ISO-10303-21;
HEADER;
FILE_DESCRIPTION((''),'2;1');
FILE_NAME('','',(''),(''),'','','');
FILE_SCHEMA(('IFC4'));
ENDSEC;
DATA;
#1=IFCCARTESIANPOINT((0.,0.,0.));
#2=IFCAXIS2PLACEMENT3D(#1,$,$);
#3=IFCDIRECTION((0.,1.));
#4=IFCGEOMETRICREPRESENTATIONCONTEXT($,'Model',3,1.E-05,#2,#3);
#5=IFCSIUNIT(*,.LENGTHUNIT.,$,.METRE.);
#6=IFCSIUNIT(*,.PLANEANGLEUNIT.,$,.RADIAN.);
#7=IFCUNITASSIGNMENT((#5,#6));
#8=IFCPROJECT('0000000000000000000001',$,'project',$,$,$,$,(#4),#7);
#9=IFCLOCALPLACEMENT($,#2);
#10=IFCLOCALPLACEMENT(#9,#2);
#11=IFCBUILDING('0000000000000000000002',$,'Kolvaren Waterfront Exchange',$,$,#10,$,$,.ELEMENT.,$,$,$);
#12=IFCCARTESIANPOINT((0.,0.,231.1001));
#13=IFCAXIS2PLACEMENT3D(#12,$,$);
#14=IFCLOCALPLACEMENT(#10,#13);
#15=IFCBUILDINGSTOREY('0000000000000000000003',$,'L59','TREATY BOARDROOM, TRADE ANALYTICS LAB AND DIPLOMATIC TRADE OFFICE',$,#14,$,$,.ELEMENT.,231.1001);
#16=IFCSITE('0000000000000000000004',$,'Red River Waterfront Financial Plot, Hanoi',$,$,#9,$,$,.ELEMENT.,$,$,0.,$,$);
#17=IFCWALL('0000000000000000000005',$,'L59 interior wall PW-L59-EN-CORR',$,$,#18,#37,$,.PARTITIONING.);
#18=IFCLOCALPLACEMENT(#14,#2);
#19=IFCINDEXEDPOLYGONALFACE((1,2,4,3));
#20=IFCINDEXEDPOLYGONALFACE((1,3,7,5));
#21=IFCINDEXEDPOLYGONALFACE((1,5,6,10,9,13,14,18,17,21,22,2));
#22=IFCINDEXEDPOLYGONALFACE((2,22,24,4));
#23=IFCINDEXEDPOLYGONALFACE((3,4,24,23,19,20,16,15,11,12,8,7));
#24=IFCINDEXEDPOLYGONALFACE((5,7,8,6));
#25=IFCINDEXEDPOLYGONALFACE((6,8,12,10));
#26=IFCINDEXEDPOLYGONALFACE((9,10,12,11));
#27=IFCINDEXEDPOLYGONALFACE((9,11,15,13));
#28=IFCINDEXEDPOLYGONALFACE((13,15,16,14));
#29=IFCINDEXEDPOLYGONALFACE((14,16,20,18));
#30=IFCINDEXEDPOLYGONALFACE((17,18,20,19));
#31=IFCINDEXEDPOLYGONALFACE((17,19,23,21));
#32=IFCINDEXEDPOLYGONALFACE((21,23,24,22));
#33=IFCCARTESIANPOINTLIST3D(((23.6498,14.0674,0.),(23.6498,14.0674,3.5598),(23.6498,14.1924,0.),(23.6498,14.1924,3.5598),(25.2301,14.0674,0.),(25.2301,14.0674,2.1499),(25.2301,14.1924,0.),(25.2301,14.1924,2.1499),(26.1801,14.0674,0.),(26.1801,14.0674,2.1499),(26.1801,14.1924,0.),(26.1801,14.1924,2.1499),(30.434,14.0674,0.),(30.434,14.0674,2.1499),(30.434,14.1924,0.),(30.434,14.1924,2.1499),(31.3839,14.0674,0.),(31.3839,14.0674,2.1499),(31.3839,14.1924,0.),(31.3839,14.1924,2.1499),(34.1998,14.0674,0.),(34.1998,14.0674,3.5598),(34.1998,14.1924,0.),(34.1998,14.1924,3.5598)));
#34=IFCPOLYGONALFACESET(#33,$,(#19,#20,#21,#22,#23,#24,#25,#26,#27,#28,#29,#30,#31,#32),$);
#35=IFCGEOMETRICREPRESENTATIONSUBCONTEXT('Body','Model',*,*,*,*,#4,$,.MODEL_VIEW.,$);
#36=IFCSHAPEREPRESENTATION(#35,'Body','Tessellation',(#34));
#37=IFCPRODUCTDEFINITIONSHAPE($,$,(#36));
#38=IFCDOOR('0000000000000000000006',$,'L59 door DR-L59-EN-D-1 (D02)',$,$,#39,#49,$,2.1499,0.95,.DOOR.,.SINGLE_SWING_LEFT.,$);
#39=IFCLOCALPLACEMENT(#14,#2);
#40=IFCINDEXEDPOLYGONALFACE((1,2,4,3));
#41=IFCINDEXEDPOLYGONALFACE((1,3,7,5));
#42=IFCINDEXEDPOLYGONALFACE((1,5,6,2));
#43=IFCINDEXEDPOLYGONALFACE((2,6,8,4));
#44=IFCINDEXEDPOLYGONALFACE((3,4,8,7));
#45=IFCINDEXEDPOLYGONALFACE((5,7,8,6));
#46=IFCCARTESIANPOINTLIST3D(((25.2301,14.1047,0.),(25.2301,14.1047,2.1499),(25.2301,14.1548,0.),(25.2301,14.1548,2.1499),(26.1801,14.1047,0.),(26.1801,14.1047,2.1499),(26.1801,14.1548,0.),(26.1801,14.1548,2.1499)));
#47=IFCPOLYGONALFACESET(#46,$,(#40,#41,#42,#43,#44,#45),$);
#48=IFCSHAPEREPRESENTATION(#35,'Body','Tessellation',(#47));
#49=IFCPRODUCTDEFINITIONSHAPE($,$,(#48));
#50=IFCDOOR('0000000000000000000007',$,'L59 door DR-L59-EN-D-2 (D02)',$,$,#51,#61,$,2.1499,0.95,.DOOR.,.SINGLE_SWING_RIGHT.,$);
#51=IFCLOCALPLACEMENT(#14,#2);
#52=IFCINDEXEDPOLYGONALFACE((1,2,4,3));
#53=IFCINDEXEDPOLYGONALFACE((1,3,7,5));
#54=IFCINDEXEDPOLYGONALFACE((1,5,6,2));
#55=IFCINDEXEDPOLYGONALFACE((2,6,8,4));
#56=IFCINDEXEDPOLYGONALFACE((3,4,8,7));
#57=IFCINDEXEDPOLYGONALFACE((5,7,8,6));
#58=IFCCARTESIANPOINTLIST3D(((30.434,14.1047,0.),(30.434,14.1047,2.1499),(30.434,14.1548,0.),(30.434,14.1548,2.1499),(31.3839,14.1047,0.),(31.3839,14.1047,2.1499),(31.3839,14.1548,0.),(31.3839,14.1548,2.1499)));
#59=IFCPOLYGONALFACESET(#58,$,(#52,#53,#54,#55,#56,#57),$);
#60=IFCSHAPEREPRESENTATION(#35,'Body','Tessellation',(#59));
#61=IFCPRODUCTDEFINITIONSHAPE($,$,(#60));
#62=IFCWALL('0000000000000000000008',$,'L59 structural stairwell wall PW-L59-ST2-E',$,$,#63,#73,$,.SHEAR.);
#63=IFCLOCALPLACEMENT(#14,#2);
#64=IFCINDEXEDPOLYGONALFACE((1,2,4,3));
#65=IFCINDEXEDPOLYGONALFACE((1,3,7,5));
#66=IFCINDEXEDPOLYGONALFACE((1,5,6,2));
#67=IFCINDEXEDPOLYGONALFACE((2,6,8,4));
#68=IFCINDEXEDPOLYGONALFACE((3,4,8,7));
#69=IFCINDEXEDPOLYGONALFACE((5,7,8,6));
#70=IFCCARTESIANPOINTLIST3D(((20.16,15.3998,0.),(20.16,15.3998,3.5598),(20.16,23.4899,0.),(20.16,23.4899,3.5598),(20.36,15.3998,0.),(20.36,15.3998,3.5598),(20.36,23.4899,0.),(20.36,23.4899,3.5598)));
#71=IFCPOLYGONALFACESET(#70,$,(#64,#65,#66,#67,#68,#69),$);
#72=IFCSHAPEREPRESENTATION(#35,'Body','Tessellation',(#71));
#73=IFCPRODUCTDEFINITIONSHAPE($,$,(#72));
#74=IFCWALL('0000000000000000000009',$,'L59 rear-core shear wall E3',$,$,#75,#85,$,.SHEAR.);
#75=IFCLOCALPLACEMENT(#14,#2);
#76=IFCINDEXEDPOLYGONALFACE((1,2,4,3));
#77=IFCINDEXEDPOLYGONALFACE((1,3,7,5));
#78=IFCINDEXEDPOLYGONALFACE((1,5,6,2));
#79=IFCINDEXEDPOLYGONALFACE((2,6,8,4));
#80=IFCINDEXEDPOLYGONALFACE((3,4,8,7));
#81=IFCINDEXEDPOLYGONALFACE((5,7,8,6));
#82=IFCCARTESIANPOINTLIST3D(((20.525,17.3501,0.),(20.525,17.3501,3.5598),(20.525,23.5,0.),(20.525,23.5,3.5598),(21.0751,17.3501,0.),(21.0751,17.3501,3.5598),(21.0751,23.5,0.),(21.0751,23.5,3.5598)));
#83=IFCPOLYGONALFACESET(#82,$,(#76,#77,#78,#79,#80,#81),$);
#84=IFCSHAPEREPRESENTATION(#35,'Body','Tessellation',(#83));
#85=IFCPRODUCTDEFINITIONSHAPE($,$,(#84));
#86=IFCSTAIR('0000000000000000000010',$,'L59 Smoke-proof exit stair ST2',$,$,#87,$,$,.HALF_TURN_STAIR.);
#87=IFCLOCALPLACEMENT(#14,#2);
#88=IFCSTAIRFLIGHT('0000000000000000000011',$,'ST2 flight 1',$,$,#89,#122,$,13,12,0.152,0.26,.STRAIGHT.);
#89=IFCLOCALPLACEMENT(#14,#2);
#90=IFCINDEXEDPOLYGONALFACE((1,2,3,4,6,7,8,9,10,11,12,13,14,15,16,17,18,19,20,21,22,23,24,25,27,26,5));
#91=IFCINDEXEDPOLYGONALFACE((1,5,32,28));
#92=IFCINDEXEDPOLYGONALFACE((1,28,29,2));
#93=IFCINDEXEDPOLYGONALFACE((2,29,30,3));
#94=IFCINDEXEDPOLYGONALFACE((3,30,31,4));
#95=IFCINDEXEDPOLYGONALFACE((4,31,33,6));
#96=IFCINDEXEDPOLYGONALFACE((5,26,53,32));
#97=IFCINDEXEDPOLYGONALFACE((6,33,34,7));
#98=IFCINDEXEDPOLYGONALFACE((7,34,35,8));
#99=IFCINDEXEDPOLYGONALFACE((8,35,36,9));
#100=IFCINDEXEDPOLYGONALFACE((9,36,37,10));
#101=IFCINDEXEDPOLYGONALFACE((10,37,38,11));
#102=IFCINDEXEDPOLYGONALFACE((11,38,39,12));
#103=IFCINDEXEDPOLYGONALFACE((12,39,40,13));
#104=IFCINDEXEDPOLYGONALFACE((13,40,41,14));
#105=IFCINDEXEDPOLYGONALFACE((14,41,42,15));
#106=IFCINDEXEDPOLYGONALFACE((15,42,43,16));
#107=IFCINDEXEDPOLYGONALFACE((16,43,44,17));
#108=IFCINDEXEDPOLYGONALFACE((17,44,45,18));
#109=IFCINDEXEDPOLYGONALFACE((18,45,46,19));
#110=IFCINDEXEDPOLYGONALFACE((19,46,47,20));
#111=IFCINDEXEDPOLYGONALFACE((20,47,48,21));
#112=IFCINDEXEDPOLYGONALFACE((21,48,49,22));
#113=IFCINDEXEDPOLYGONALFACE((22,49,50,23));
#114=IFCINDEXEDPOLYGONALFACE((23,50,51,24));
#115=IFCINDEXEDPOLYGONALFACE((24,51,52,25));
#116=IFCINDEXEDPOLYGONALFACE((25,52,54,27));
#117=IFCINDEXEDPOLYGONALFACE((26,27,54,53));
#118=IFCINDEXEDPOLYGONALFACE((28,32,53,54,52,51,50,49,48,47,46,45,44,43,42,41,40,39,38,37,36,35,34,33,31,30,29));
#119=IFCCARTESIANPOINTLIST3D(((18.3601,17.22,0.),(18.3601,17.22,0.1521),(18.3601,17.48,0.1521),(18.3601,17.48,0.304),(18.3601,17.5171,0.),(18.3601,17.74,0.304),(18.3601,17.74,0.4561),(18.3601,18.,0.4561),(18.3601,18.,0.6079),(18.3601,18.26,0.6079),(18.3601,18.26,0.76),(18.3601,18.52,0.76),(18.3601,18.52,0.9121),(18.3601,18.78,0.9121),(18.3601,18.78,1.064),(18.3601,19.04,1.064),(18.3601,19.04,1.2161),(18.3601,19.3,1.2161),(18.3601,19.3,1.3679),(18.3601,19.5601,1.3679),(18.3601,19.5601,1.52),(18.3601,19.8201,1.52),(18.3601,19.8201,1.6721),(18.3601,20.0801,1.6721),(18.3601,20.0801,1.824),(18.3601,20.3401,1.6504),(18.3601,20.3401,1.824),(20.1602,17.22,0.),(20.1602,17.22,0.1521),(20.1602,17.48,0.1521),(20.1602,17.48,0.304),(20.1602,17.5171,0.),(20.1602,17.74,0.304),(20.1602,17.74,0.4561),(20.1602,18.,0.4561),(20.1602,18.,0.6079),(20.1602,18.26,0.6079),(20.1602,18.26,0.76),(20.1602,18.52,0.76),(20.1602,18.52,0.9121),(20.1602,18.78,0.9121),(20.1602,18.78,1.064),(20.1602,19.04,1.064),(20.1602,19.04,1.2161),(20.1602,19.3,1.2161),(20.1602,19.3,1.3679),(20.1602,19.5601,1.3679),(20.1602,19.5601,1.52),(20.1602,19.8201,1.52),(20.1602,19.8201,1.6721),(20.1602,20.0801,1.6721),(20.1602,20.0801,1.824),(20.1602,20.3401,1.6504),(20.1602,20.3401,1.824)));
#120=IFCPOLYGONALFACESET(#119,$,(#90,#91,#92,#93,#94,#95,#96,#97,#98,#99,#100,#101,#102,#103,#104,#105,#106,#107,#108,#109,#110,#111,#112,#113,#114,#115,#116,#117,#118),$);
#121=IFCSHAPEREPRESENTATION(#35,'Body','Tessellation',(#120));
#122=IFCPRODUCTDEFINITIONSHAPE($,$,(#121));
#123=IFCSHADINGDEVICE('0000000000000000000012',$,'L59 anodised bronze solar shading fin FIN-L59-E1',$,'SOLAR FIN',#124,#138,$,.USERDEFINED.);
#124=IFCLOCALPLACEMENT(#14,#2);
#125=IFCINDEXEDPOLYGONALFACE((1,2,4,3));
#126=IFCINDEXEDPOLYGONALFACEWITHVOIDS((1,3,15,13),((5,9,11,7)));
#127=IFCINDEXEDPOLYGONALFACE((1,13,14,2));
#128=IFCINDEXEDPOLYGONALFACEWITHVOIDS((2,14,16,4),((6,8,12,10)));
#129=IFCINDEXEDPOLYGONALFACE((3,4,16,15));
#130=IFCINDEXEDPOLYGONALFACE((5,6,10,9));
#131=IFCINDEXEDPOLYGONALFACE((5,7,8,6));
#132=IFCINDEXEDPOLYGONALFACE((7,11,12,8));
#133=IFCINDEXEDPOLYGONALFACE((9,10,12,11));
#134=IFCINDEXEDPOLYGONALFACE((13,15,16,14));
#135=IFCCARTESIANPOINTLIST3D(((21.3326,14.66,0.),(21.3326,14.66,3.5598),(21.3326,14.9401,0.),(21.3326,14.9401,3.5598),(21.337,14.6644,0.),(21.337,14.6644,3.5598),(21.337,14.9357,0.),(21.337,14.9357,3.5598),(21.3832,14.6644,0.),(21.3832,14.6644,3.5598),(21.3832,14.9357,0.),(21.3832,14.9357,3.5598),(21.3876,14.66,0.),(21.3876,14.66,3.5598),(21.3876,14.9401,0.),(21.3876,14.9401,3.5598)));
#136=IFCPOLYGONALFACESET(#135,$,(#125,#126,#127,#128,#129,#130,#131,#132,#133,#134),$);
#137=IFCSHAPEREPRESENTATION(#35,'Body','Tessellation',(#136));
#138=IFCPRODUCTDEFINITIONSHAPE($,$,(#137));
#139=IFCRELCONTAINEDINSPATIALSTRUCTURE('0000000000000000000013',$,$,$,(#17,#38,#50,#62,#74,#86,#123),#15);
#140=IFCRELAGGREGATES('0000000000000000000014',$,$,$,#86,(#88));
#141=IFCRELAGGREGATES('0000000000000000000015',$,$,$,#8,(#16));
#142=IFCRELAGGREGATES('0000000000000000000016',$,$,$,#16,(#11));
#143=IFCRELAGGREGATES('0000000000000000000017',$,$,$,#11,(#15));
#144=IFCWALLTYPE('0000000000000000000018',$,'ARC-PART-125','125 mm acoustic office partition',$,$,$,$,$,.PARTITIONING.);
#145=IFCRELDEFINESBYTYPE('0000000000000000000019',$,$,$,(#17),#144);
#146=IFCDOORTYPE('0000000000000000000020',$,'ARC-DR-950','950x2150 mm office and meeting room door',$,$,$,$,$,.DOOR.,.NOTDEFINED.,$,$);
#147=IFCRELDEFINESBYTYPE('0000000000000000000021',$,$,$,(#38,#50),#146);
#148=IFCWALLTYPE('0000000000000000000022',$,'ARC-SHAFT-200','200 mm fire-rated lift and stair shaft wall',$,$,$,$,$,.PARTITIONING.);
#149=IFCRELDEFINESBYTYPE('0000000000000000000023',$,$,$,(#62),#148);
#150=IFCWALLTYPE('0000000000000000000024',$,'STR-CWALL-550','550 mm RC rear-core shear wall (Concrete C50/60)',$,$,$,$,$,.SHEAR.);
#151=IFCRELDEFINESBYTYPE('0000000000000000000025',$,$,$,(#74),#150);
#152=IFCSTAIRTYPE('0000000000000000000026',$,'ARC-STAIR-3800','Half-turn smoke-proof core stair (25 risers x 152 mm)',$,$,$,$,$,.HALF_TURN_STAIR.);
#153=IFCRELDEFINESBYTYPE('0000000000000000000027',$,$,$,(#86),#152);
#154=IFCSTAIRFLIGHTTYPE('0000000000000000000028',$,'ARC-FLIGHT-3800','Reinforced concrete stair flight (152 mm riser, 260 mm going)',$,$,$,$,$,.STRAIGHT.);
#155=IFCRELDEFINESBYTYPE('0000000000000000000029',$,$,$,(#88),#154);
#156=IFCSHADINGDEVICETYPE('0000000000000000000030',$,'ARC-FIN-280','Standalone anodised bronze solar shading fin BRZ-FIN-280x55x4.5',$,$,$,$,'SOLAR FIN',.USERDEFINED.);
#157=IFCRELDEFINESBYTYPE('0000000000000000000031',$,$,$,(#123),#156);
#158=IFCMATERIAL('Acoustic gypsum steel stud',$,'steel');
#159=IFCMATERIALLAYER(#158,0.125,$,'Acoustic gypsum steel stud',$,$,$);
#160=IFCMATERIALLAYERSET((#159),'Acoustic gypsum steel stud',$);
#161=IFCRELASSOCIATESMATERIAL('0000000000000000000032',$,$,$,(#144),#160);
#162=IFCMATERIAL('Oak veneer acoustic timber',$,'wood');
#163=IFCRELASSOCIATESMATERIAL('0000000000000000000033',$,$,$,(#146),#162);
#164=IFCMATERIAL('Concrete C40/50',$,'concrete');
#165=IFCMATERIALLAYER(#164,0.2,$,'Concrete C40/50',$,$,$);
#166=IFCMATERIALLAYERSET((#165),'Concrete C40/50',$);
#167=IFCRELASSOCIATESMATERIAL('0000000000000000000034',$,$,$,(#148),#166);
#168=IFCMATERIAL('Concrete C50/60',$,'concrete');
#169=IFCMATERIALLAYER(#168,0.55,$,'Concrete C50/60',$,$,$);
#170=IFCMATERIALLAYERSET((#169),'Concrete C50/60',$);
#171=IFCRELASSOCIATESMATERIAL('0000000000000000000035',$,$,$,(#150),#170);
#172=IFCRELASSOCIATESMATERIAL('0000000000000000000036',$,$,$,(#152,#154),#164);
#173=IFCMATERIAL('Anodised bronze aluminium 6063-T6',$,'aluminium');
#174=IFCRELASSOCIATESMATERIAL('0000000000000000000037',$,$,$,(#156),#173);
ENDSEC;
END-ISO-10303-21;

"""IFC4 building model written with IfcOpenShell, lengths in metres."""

from ifc_helpers import new_model, si_unit, direction, frame, frame_2d, origin, origin_2d, place, context, subcontext, project, spatial, polyline, rectangle, hollow_rectangle, outline, extrude, material, layer, layer_set, material_profile, profile_set, type_object, element, fill, aggregate, save


model = new_model("IFC4")

# Units and contexts
model_context = context("Model", 3, precision=1e-05, world=origin(), true_north=direction((0.0, 1.0)))
body_context = subcontext(model_context, "Body", "Model", "MODEL_VIEW")
ifc_project = project(units=[si_unit("LENGTHUNIT", "METRE"), si_unit("PLANEANGLEUNIT", "RADIAN")], contexts=[model_context])

# Site, building, storey
site_placement = place(None, origin())
site = spatial("IfcSite", under=ifc_project, at=site_placement, Name="Red River Waterfront Financial Plot, Hanoi", CompositionType="ELEMENT", RefElevation=0.0)
building_placement = place(site_placement, origin())
building = spatial("IfcBuilding", under=site, at=building_placement, Name="Kolvaren Waterfront Exchange", CompositionType="ELEMENT")
storey_placement = place(building_placement, frame((0.0, 0.0, 231.1001)))
storey = spatial("IfcBuildingStorey", under=building, at=storey_placement, Name="L59", Description="TREATY BOARDROOM, TRADE ANALYTICS LAB AND DIPLOMATIC TRADE OFFICE", CompositionType="ELEMENT", Elevation=231.1001)

# Shared definitions
ifc_material_1 = material(Name="Concrete C50/60", Category="concrete")

# Shared definitions
ifc_material_2 = material(Name="Acoustic gypsum steel stud", Category="steel")
ifc_layer_1 = layer(ifc_material_2, 0.125, Name="Acoustic gypsum steel stud")
ifc_layer_set_1 = layer_set([ifc_layer_1], Name="Acoustic gypsum steel stud")
wall_type_1 = type_object("IfcWallType", Name="ARC-PART-125", Description="125 mm acoustic office partition", PredefinedType="PARTITIONING", material=ifc_layer_set_1)
ifc_material_3 = material(Name="Oak veneer acoustic timber", Category="wood")
door_type = type_object("IfcDoorType", Name="ARC-DR-950", Description="950x2150 mm office and meeting room door", OperationType="NOTDEFINED", PredefinedType="DOOR", material=ifc_material_3)

# Wall, openings, doors
wall_1_placement = place(storey_placement, frame((23.6499, 14.1299, 0.0), z_axis=(0.0, 0.0, 1.0), x_axis=(1.0, 0.0, 0.0)))
wall_1 = element("IfcWall", 1, at=wall_1_placement, inside=storey, type_object=wall_type_1, Name="L59 interior wall PW-L59-EN-CORR", PredefinedType="PARTITIONING", context=body_context, shape_type="SweptSolid", body=[
    extrude(rectangle(XDim=10.55, YDim=0.125, at=frame_2d((5.2749, 0.0))), origin(), (0.0, 0.0, 1.0), 3.5598),
])
opening_1_placement = place(wall_1_placement, frame((1.5801, 0.0, 0.0)))
opening_1 = element("IfcOpeningElement", 2, at=opening_1_placement, cuts=wall_1, PredefinedType="OPENING", context=body_context, shape_type="SweptSolid", body=[
    extrude(rectangle(XDim=0.95, YDim=2.1499, at=frame_2d((0.4751, 1.075))), frame((0.0, 0.0725, 0.0), z_axis=(0.0, -1.0, 0.0), x_axis=(1.0, 0.0, 0.0)), (0.0, 0.0, 1.0), 0.145),
])
opening_2_placement = place(wall_1_placement, frame((6.7839, 0.0, 0.0)))
opening_2 = element("IfcOpeningElement", 3, at=opening_2_placement, cuts=wall_1, PredefinedType="OPENING", context=body_context, shape_type="SweptSolid", body=[
    extrude(rectangle(XDim=0.95, YDim=2.1499, at=frame_2d((0.4751, 1.075))), frame((0.0, 0.0725, 0.0), z_axis=(0.0, -1.0, 0.0), x_axis=(1.0, 0.0, 0.0)), (0.0, 0.0, 1.0), 0.145),
])
door_1_placement = place(opening_1_placement, origin())
door_1 = element("IfcDoor", 4, at=door_1_placement, inside=storey, type_object=door_type, Name="L59 door DR-L59-EN-D-1 (D02)", OperationType="SINGLE_SWING_LEFT", OverallHeight=2.1499, OverallWidth=0.95, PredefinedType="DOOR", context=body_context, shape_type="SweptSolid", body=[
    extrude(rectangle(XDim=0.95, YDim=2.1499, at=frame_2d((0.4751, 1.075))), frame((0.0, 0.0249, 0.0), z_axis=(0.0, -1.0, 0.0), x_axis=(1.0, 0.0, 0.0)), (0.0, 0.0, 1.0), 0.05),
])
fill(opening_1, door_1)
door_2_placement = place(opening_2_placement, origin())
door_2 = element("IfcDoor", 5, at=door_2_placement, inside=storey, type_object=door_type, Name="L59 door DR-L59-EN-D-2 (D02)", OperationType="SINGLE_SWING_RIGHT", OverallHeight=2.1499, OverallWidth=0.95, PredefinedType="DOOR", context=body_context, shape_type="SweptSolid", body=[
    extrude(rectangle(XDim=0.95, YDim=2.1499, at=frame_2d((0.4751, 1.075))), frame((0.0, 0.0249, 0.0), z_axis=(0.0, -1.0, 0.0), x_axis=(1.0, 0.0, 0.0)), (0.0, 0.0, 1.0), 0.05),
])
fill(opening_2, door_2)

# Walls
ifc_material_4 = material(Name="Concrete C40/50", Category="concrete")
ifc_layer_2 = layer(ifc_material_4, 0.2, Name="Concrete C40/50")
ifc_layer_set_2 = layer_set([ifc_layer_2], Name="Concrete C40/50")
wall_type_2 = type_object("IfcWallType", Name="ARC-SHAFT-200", Description="200 mm fire-rated lift and stair shaft wall", PredefinedType="PARTITIONING", material=ifc_layer_set_2)
wall_2_placement = place(storey_placement, frame((20.26, 15.3999, 0.0), z_axis=(0.0, 0.0, 1.0), x_axis=(0.0, 1.0, 0.0)))
element("IfcWall", 6, at=wall_2_placement, inside=storey, type_object=wall_type_2, Name="L59 structural stairwell wall PW-L59-ST2-E", PredefinedType="SHEAR", context=body_context, shape_type="SweptSolid", body=[
    extrude(rectangle(XDim=8.0901, YDim=0.2, at=frame_2d((4.0449, 0.0))), origin(), (0.0, 0.0, 1.0), 3.5598),
])
ifc_layer_3 = layer(ifc_material_1, 0.55, Name="Concrete C50/60")
ifc_layer_set_3 = layer_set([ifc_layer_3], Name="Concrete C50/60")
wall_type_3 = type_object("IfcWallType", Name="STR-CWALL-550", Description="550 mm RC rear-core shear wall (Concrete C50/60)", PredefinedType="SHEAR", material=ifc_layer_set_3)
wall_3_placement = place(storey_placement, frame((20.8, 17.3501, 0.0), z_axis=(0.0, 0.0, 1.0), x_axis=(0.0, 1.0, 0.0)))
element("IfcWall", 7, at=wall_3_placement, inside=storey, type_object=wall_type_3, Name="L59 rear-core shear wall E3", PredefinedType="SHEAR", context=body_context, shape_type="SweptSolid", body=[
    extrude(rectangle(XDim=6.1499, YDim=0.55, at=frame_2d((3.075, 0.0))), origin(), (0.0, 0.0, 1.0), 3.5598),
])

# Stair, stair flight
stair_type = type_object("IfcStairType", Name="ARC-STAIR-3800", Description="Half-turn smoke-proof core stair (25 risers x 152 mm)", PredefinedType="HALF_TURN_STAIR", material=ifc_material_4)
stair_placement = place(storey_placement, origin())
stair = element("IfcStair", 8, at=stair_placement, inside=storey, type_object=stair_type, Name="L59 Smoke-proof exit stair ST2", PredefinedType="HALF_TURN_STAIR")
stair_flight_type = type_object("IfcStairFlightType", Name="ARC-FLIGHT-3800", Description="Reinforced concrete stair flight (152 mm riser, 260 mm going)", PredefinedType="STRAIGHT", material=ifc_material_4)
stair_flight_placement = place(storey_placement, frame((19.26, 17.22, 0.0), z_axis=(0.0, 0.0, 1.0), x_axis=(0.0, 1.0, 0.0)))
stair_flight = element("IfcStairFlight", 9, at=stair_flight_placement, type_object=stair_flight_type, Name="ST2 flight 1", NumberOfRisers=13, NumberOfTreads=12, PredefinedType="STRAIGHT", RiserHeight=0.152, TreadLength=0.26, context=body_context, shape_type="SweptSolid", body=[
    extrude(outline(polyline([(0.0, 0.0), (0.0, 0.1521), (0.26, 0.1521), (0.26, 0.304), (0.52, 0.304), (0.52, 0.4561), (0.78, 0.4561), (0.78, 0.6079), (1.04, 0.6079), (1.04, 0.76), (1.3, 0.76), (1.3, 0.9121), (1.5601, 0.9121), (1.5601, 1.064), (1.8201, 1.064), (1.8201, 1.2161), (2.0801, 1.2161), (2.0801, 1.3679), (2.3401, 1.3679), (2.3401, 1.52), (2.6001, 1.52), (2.6001, 1.6721), (2.8601, 1.6721), (2.8601, 1.824), (3.1201, 1.824), (3.1201, 1.9761), (3.1201, 1.6504), (0.2971, 0.0), (0.0, 0.0)])), frame((0.0, 0.8999, 0.0), z_axis=(0.0, -1.0, 0.0), x_axis=(1.0, 0.0, 0.0)), (0.0, 0.0, 1.0), 1.8),
])
aggregate(stair, [stair_flight])

# Shading device
ifc_material_5 = material(Name="Anodised bronze aluminium 6063-T6", Category="aluminium")
ifc_material_profile_1 = material_profile(ifc_material_5, hollow_rectangle(XDim=0.0549, YDim=0.28, WallThickness=0.0044, at=origin_2d()), Name="BRZ-FIN-280x55x4.5")
ifc_profile_set_1 = profile_set([ifc_material_profile_1], Name="Anodised bronze aluminium 6063-T6")
shading_device_type = type_object("IfcShadingDeviceType", Name="ARC-FIN-280", Description="Standalone anodised bronze solar shading fin BRZ-FIN-280x55x4.5", ElementType="SOLAR FIN", PredefinedType="USERDEFINED", material=ifc_profile_set_1)
shading_device_placement = place(storey_placement, frame((21.3601, 14.8, 0.0), z_axis=(0.0, 0.0, 1.0), x_axis=(1.0, 0.0, 0.0)))
element("IfcShadingDevice", 10, at=shading_device_placement, inside=storey, type_object=shading_device_type, Name="L59 anodised bronze solar shading fin FIN-L59-E1", ObjectType="SOLAR FIN", PredefinedType="USERDEFINED", context=body_context, shape_type="SweptSolid", body=[
    extrude(hollow_rectangle(XDim=0.0549, YDim=0.28, WallThickness=0.0044, at=origin_2d()), origin(), (0.0, 0.0, 1.0), 3.5598),
])

save(model, "model.ifc")
